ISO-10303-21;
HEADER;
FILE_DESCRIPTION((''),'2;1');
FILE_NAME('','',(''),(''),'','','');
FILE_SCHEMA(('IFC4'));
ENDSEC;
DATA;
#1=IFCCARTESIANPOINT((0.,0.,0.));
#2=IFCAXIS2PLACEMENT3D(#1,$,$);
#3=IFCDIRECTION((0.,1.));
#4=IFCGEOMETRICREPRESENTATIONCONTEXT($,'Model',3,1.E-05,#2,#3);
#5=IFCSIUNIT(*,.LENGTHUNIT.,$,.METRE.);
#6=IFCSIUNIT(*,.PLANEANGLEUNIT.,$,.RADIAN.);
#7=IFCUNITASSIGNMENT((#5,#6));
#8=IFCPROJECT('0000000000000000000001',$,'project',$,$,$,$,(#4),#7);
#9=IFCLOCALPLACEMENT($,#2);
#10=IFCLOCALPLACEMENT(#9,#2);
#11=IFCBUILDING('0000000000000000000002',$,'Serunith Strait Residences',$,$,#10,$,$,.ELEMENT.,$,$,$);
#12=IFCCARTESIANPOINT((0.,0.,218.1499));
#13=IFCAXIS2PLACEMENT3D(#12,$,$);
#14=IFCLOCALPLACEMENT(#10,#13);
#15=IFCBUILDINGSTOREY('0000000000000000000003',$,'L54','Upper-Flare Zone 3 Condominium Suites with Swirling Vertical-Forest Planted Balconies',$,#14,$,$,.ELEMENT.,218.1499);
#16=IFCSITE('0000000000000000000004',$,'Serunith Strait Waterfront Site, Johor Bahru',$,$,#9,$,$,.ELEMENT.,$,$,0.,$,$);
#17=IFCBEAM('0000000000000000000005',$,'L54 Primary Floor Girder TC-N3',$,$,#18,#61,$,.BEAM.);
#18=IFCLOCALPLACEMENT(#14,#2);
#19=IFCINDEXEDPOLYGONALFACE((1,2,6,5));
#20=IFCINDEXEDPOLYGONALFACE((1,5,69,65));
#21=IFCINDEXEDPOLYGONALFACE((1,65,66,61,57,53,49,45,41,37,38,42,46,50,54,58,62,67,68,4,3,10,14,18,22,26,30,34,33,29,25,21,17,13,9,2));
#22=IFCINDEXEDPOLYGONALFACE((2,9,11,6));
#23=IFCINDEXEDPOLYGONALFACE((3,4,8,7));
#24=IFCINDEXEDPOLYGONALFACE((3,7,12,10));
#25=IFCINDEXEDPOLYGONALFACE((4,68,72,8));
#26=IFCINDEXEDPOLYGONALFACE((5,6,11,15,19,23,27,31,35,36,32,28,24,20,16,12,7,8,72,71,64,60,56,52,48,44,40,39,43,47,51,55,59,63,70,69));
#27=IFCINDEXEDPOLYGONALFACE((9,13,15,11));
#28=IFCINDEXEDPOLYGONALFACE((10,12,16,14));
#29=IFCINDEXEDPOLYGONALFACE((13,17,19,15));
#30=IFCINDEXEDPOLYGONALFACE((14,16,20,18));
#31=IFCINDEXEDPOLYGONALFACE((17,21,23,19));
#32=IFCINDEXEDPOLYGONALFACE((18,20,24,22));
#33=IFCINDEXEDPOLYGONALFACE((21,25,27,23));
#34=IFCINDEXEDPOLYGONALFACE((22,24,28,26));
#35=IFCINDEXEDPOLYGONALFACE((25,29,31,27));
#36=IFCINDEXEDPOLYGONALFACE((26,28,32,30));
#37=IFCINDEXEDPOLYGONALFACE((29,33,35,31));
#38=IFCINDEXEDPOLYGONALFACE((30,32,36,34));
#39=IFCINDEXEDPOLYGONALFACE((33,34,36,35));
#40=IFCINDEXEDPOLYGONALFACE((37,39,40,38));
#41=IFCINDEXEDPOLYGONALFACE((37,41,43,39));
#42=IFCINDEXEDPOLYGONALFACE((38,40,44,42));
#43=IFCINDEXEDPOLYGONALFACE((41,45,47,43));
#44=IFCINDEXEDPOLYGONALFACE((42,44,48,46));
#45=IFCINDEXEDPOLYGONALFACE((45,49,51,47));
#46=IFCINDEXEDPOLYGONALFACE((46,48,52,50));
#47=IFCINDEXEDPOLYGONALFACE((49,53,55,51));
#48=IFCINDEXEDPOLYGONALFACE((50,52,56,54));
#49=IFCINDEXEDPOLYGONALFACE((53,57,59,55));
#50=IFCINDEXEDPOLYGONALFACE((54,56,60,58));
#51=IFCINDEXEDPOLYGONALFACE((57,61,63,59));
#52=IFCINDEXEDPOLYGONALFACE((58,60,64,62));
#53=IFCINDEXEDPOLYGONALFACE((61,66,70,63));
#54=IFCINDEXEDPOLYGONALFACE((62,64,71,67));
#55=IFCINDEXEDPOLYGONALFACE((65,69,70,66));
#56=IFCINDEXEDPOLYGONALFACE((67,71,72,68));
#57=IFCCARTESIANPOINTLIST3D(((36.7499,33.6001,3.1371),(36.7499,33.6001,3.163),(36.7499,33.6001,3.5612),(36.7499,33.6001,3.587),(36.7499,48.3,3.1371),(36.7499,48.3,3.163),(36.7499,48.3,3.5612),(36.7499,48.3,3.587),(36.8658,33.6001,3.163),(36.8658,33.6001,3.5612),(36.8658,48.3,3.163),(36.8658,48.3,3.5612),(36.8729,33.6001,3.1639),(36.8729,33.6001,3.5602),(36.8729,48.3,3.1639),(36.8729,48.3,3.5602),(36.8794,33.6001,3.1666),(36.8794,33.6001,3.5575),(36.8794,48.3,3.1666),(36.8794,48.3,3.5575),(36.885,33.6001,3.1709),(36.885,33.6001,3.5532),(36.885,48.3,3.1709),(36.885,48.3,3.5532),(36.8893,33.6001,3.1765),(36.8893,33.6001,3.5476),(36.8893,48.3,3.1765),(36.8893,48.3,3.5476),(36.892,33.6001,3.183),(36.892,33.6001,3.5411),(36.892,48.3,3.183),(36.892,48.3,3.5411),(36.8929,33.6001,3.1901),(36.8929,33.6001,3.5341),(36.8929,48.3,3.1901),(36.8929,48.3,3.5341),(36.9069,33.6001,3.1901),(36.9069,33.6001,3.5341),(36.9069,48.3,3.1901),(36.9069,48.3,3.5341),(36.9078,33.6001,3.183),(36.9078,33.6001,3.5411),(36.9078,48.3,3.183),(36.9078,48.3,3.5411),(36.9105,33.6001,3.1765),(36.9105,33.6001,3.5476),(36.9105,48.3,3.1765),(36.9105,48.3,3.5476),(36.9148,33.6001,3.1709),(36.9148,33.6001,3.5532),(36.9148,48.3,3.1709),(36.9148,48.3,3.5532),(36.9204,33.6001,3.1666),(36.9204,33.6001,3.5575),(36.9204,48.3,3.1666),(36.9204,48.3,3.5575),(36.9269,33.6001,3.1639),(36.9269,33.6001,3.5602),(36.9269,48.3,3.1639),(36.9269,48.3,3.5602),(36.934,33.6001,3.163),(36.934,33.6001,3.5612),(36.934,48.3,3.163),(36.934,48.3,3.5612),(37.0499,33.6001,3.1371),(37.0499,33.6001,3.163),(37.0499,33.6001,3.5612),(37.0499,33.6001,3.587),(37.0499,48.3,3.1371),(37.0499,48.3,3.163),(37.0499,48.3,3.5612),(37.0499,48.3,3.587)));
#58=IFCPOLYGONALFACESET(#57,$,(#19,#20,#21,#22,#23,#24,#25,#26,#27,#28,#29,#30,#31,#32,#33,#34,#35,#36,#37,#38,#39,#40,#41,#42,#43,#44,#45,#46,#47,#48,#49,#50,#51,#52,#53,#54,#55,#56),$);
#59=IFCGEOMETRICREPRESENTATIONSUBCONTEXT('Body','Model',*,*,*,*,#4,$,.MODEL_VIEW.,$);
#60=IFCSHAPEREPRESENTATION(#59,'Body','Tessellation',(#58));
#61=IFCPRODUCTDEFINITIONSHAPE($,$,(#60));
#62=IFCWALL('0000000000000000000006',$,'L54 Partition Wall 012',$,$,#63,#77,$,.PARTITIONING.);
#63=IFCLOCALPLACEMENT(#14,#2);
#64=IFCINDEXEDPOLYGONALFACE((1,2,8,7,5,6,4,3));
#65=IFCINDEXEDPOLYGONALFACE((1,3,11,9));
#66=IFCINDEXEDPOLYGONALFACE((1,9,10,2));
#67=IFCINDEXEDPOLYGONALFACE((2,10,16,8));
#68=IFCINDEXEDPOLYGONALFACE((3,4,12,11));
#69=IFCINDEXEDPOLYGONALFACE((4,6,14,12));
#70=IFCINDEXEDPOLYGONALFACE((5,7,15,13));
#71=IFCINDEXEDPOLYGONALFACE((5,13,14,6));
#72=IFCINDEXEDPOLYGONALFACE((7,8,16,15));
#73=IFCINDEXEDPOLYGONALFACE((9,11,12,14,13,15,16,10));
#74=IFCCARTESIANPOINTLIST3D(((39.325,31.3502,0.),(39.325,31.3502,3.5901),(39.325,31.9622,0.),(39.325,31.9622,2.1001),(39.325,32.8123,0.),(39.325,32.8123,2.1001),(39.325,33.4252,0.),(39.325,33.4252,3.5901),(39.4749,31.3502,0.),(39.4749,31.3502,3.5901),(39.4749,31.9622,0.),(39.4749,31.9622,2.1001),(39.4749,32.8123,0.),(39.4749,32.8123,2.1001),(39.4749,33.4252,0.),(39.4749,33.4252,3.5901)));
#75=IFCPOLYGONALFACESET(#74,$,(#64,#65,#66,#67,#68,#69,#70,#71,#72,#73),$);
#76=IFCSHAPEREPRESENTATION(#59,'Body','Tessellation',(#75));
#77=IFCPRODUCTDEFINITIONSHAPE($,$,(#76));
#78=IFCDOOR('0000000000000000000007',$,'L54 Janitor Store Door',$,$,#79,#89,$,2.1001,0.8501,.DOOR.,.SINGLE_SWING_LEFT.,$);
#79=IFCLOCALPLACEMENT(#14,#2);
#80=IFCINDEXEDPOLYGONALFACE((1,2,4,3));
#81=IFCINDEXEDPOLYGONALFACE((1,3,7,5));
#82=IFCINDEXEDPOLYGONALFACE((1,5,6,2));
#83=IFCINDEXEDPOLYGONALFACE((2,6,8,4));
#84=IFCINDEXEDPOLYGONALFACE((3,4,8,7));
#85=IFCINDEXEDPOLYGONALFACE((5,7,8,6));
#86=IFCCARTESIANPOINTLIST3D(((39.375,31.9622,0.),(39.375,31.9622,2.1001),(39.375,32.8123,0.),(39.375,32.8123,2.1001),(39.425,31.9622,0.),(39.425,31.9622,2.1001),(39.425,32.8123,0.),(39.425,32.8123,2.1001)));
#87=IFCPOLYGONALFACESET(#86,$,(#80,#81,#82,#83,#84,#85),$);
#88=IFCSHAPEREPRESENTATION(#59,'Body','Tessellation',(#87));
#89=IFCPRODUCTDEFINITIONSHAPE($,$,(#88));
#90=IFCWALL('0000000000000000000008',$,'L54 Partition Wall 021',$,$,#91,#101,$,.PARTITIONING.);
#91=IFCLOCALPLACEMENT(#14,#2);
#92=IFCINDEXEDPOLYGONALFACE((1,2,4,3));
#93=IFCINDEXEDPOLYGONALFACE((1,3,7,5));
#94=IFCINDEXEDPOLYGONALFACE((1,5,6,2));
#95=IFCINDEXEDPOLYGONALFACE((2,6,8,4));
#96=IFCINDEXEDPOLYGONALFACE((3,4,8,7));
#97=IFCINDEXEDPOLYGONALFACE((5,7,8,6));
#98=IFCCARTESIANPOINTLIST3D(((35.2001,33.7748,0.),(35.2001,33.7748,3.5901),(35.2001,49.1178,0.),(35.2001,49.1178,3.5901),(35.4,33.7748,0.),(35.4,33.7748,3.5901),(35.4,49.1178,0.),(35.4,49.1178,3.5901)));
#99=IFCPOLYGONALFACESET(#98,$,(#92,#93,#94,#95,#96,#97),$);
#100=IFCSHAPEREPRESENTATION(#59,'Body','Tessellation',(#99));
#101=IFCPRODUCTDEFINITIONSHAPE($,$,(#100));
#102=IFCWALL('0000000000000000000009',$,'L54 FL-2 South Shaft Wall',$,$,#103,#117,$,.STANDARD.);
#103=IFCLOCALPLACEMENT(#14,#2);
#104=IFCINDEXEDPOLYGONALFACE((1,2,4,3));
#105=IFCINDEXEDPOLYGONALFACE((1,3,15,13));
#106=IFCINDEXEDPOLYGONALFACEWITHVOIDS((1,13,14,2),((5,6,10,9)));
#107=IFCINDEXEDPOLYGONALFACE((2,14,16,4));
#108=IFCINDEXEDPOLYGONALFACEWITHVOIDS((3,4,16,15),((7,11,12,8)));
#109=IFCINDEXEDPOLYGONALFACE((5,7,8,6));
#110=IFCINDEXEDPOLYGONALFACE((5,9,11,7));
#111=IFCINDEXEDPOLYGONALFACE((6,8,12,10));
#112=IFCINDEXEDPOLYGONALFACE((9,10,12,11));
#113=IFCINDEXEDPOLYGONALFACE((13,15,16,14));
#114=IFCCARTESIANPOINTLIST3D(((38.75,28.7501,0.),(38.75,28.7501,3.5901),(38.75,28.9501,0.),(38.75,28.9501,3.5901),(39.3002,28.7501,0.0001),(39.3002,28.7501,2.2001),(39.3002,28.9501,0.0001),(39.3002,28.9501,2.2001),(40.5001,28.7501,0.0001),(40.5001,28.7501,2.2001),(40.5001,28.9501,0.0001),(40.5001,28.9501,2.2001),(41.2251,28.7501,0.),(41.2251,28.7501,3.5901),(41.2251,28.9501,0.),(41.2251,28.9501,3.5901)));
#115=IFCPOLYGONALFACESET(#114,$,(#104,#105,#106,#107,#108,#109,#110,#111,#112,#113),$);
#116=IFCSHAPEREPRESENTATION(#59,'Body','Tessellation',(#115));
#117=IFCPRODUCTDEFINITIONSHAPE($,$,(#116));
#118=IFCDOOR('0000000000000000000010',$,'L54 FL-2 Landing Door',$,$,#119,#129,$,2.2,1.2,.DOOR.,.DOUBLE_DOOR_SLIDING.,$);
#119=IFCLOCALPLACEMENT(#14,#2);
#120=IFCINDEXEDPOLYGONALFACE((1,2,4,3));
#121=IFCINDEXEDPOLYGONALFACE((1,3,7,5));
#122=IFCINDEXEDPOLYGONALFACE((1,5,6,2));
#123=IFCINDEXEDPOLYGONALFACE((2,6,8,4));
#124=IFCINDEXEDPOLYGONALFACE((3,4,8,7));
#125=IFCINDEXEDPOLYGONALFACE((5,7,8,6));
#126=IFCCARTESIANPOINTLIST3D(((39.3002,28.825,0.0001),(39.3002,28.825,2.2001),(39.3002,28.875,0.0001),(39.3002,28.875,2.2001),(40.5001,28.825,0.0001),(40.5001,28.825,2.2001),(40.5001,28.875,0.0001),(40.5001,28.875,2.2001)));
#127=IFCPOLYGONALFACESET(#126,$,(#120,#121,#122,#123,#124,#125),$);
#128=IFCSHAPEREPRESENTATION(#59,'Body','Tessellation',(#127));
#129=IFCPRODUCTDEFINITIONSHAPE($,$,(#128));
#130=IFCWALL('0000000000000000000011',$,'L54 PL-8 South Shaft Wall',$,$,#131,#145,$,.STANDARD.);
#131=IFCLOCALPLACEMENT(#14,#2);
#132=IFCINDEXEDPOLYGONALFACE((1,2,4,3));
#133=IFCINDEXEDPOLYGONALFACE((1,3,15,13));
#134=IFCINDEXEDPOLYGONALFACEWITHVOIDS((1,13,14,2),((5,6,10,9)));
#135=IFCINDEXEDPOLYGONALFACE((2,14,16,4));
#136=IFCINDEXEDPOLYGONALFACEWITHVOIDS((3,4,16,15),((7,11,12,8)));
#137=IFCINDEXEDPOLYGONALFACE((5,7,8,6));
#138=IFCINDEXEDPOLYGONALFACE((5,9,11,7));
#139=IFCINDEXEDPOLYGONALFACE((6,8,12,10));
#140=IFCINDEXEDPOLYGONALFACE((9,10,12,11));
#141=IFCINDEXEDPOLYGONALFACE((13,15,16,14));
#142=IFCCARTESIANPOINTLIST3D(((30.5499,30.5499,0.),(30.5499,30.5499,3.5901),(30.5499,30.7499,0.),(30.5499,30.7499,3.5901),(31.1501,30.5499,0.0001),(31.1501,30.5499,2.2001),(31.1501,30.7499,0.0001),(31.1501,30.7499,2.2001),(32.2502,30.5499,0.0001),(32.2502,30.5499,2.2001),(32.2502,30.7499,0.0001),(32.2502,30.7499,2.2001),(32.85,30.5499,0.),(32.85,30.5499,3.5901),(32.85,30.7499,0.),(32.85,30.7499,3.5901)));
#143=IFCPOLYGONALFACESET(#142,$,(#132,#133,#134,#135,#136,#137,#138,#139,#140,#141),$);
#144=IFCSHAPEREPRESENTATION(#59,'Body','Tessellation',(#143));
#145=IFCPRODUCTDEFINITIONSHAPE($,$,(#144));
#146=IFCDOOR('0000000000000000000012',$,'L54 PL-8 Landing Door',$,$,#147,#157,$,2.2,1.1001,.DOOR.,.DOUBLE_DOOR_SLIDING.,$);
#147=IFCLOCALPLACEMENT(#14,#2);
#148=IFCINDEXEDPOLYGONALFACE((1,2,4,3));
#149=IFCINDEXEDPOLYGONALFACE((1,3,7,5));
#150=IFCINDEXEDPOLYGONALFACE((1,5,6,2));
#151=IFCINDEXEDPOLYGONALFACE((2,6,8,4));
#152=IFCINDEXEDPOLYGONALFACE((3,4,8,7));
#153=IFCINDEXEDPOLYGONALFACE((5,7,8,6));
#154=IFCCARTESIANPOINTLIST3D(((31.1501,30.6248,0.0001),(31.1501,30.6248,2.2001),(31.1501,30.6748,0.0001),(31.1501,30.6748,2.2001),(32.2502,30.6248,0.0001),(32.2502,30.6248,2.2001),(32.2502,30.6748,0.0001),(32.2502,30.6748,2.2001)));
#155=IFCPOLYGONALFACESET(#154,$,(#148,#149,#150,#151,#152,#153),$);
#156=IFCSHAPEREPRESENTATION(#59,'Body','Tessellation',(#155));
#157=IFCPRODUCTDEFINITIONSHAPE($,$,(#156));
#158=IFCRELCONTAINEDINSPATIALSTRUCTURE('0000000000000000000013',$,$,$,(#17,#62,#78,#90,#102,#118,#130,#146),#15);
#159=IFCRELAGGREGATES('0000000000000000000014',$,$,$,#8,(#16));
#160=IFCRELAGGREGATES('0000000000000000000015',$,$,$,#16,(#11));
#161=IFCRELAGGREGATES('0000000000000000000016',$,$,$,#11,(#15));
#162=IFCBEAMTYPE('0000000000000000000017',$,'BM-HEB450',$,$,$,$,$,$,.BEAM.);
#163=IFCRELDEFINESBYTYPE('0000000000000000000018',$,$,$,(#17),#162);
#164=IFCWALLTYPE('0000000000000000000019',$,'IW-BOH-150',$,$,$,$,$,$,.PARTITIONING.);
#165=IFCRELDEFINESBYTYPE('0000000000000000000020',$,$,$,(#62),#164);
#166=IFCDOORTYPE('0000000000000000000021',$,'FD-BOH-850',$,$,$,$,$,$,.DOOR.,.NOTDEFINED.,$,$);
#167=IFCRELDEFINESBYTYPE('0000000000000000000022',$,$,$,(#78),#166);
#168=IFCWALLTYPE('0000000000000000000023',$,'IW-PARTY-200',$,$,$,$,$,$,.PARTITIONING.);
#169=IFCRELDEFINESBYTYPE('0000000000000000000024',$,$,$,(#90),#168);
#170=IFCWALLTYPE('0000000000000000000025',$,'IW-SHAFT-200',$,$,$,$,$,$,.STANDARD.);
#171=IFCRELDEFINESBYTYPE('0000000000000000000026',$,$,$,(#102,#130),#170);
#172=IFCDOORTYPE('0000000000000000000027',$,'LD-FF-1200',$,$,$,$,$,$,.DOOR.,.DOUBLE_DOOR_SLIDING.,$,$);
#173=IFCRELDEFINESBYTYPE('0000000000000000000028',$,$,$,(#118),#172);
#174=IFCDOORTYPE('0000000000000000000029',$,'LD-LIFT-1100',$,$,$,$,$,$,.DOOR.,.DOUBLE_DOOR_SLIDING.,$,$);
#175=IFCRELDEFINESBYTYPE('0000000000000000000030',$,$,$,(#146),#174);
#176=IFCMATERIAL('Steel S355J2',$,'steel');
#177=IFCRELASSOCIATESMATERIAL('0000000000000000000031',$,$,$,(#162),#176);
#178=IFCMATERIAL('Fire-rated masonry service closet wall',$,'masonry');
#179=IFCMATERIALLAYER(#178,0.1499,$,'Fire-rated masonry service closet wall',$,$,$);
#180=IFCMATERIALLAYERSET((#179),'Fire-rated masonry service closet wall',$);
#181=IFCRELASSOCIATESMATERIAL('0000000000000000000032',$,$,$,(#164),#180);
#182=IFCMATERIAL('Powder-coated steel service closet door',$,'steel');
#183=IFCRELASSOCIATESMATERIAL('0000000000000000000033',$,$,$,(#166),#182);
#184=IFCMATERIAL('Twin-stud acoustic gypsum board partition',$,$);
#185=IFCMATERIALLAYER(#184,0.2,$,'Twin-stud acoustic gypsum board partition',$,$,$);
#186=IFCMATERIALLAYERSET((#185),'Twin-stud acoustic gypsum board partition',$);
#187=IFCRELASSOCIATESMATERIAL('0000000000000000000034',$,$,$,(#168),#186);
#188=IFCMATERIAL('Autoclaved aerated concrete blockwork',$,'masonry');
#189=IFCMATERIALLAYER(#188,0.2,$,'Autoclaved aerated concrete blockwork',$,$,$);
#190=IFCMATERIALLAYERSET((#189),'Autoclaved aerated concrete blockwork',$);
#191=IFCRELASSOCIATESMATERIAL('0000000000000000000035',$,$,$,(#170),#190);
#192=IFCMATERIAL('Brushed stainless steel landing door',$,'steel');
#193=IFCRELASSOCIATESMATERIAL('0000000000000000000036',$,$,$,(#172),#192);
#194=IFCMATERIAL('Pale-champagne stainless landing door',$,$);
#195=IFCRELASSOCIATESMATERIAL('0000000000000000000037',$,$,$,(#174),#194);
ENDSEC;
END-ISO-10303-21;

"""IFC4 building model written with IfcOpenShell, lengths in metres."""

from ifc_helpers import new_model, si_unit, direction, frame, frame_2d, origin, origin_2d, place, context, subcontext, project, spatial, rectangle, i_section, extrude, source, transform, mapped, material, layer, layer_set, material_profile, profile_set, type_object, element, fill, save


model = new_model("IFC4")

# Units and contexts
model_context = context("Model", 3, precision=1e-05, world=origin(), true_north=direction((0.0, 1.0)))
body_context = subcontext(model_context, "Body", "Model", "MODEL_VIEW")
ifc_project = project(units=[si_unit("LENGTHUNIT", "METRE"), si_unit("PLANEANGLEUNIT", "RADIAN")], contexts=[model_context])

# Site, building, storey
site_placement = place(None, origin())
site = spatial("IfcSite", under=ifc_project, at=site_placement, Name="Serunith Strait Waterfront Site, Johor Bahru", CompositionType="ELEMENT", RefElevation=0.0)
building_placement = place(site_placement, origin())
building = spatial("IfcBuilding", under=site, at=building_placement, Name="Serunith Strait Residences", CompositionType="ELEMENT")
storey_placement = place(building_placement, frame((0.0, 0.0, 218.1499)))
storey = spatial("IfcBuildingStorey", under=building, at=storey_placement, Name="L54", Description="Upper-Flare Zone 3 Condominium Suites with Swirling Vertical-Forest Planted Balconies", CompositionType="ELEMENT", Elevation=218.1499)

# Beam
ifc_material_1 = material(Name="Steel S355J2", Category="steel")
ifc_material_profile = material_profile(ifc_material_1, i_section(OverallWidth=0.3, OverallDepth=0.45, WebThickness=0.0139, FlangeThickness=0.0259, FilletRadius=0.0271, at=origin_2d()), Name="HEB 450")
ifc_profile_set = profile_set([ifc_material_profile], Name="Steel S355J2")
beam_type = type_object("IfcBeamType", Name="BM-HEB450", PredefinedType="BEAM", material=ifc_profile_set)
shared_shape_1 = source(origin(), body_context, "Body", "SweptSolid", [
    extrude(i_section(OverallWidth=0.3, OverallDepth=0.45, WebThickness=0.0139, FlangeThickness=0.0259, FilletRadius=0.0271, at=origin_2d()), origin(), (0.0, 0.0, 1.0), 14.7),
])
beam_placement = place(storey_placement, frame((36.8999, 33.6001, 3.3621), z_axis=(0.0, 1.0, 0.0), x_axis=(-1.0, 0.0, 0.0)))
element("IfcBeam", 1, at=beam_placement, inside=storey, type_object=beam_type, Name="L54 Primary Floor Girder TC-N3", PredefinedType="BEAM", context=body_context, shape_type="MappedRepresentation", body=[
    mapped(shared_shape_1, transform((0.0, 0.0, 0.0), scale=1.0)),
])

# Wall, opening, door
ifc_material_2 = material(Name="Fire-rated masonry service closet wall", Category="masonry")
ifc_layer_1 = layer(ifc_material_2, 0.1499, Name="Fire-rated masonry service closet wall")
ifc_layer_set_1 = layer_set([ifc_layer_1], Name="Fire-rated masonry service closet wall")
wall_type_1 = type_object("IfcWallType", Name="IW-BOH-150", PredefinedType="PARTITIONING", material=ifc_layer_set_1)
wall_1_placement = place(storey_placement, frame((39.3999, 31.3501, 0.0), z_axis=(0.0, 0.0, 1.0), x_axis=(0.0, 1.0, 0.0)))
wall_1 = element("IfcWall", 2, at=wall_1_placement, inside=storey, type_object=wall_type_1, Name="L54 Partition Wall 012", PredefinedType="PARTITIONING", context=body_context, shape_type="SweptSolid", body=[
    extrude(rectangle(XDim=2.075, YDim=0.1499, at=frame_2d((1.0376, 0.0))), origin(), (0.0, 0.0, 1.0), 3.5901),
])
opening_1_placement = place(wall_1_placement, frame((0.6121, 0.0, 0.0)))
opening_1 = element("IfcOpeningElement", 3, at=opening_1_placement, cuts=wall_1, PredefinedType="OPENING", context=body_context, shape_type="SweptSolid", body=[
    extrude(rectangle(XDim=0.8501, YDim=2.1001, at=frame_2d((0.425, 1.05))), frame((0.0, 0.085, 0.0), z_axis=(0.0, -1.0, 0.0), x_axis=(1.0, 0.0, 0.0)), (0.0, 0.0, 1.0), 0.1699),
])
ifc_material_3 = material(Name="Powder-coated steel service closet door", Category="steel")
door_type_1 = type_object("IfcDoorType", Name="FD-BOH-850", OperationType="NOTDEFINED", PredefinedType="DOOR", material=ifc_material_3)
shared_shape_2 = source(origin(), body_context, "Body", "SweptSolid", [
    extrude(rectangle(XDim=0.8501, YDim=2.1001, at=frame_2d((0.425, 1.05))), frame((0.0, 0.0249, 0.0), z_axis=(0.0, -1.0, 0.0), x_axis=(1.0, 0.0, 0.0)), (0.0, 0.0, 1.0), 0.05),
])
door_1_placement = place(opening_1_placement, origin())
door_1 = element("IfcDoor", 4, at=door_1_placement, inside=storey, type_object=door_type_1, Name="L54 Janitor Store Door", OperationType="SINGLE_SWING_LEFT", OverallHeight=2.1001, OverallWidth=0.8501, PredefinedType="DOOR", context=body_context, shape_type="MappedRepresentation", body=[
    mapped(shared_shape_2, transform((0.0, 0.0, 0.0), scale=1.0)),
])
fill(opening_1, door_1)

# Wall
ifc_material_4 = material(Name="Twin-stud acoustic gypsum board partition")
ifc_layer_2 = layer(ifc_material_4, 0.2, Name="Twin-stud acoustic gypsum board partition")
ifc_layer_set_2 = layer_set([ifc_layer_2], Name="Twin-stud acoustic gypsum board partition")
wall_type_2 = type_object("IfcWallType", Name="IW-PARTY-200", PredefinedType="PARTITIONING", material=ifc_layer_set_2)
wall_2_placement = place(storey_placement, frame((35.3, 33.7749, 0.0), z_axis=(0.0, 0.0, 1.0), x_axis=(0.0, 1.0, 0.0)))
element("IfcWall", 5, at=wall_2_placement, inside=storey, type_object=wall_type_2, Name="L54 Partition Wall 021", PredefinedType="PARTITIONING", context=body_context, shape_type="SweptSolid", body=[
    extrude(rectangle(XDim=15.343, YDim=0.2, at=frame_2d((7.6714, 0.0))), origin(), (0.0, 0.0, 1.0), 3.5901),
])

# Walls, openings, doors
ifc_material_5 = material(Name="Autoclaved aerated concrete blockwork", Category="masonry")
ifc_layer_3 = layer(ifc_material_5, 0.2, Name="Autoclaved aerated concrete blockwork")
ifc_layer_set_3 = layer_set([ifc_layer_3], Name="Autoclaved aerated concrete blockwork")
wall_type_3 = type_object("IfcWallType", Name="IW-SHAFT-200", PredefinedType="STANDARD", material=ifc_layer_set_3)
wall_3_placement = place(storey_placement, frame((38.75, 28.8501, 0.0), z_axis=(0.0, 0.0, 1.0), x_axis=(1.0, 0.0, 0.0)))
wall_3 = element("IfcWall", 6, at=wall_3_placement, inside=storey, type_object=wall_type_3, Name="L54 FL-2 South Shaft Wall", PredefinedType="STANDARD", context=body_context, shape_type="SweptSolid", body=[
    extrude(rectangle(XDim=2.4751, YDim=0.2, at=frame_2d((1.2375, 0.0))), origin(), (0.0, 0.0, 1.0), 3.5901),
])
opening_2_placement = place(wall_3_placement, frame((0.55, 0.0, 0.0)))
opening_2 = element("IfcOpeningElement", 7, at=opening_2_placement, cuts=wall_3, PredefinedType="OPENING", context=body_context, shape_type="SweptSolid", body=[
    extrude(rectangle(XDim=1.2, YDim=2.2, at=frame_2d((0.6001, 1.1001))), frame((0.0, 0.1099, 0.0), z_axis=(0.0, -1.0, 0.0), x_axis=(1.0, 0.0, 0.0)), (0.0, 0.0, 1.0), 0.22),
])
ifc_material_6 = material(Name="Brushed stainless steel landing door", Category="steel")
door_type_2 = type_object("IfcDoorType", Name="LD-FF-1200", OperationType="DOUBLE_DOOR_SLIDING", PredefinedType="DOOR", material=ifc_material_6)
shared_shape_3 = source(origin(), body_context, "Body", "SweptSolid", [
    extrude(rectangle(XDim=1.2, YDim=2.2, at=frame_2d((0.6001, 1.1001))), frame((0.0, 0.0249, 0.0), z_axis=(0.0, -1.0, 0.0), x_axis=(1.0, 0.0, 0.0)), (0.0, 0.0, 1.0), 0.05),
])
door_2_placement = place(opening_2_placement, origin())
door_2 = element("IfcDoor", 8, at=door_2_placement, inside=storey, type_object=door_type_2, Name="L54 FL-2 Landing Door", OperationType="DOUBLE_DOOR_SLIDING", OverallHeight=2.2, OverallWidth=1.2, PredefinedType="DOOR", context=body_context, shape_type="MappedRepresentation", body=[
    mapped(shared_shape_3, transform((0.0, 0.0, 0.0), scale=1.0)),
])
fill(opening_2, door_2)
wall_4_placement = place(storey_placement, frame((30.55, 30.6499, 0.0), z_axis=(0.0, 0.0, 1.0), x_axis=(1.0, 0.0, 0.0)))
wall_4 = element("IfcWall", 9, at=wall_4_placement, inside=storey, type_object=wall_type_3, Name="L54 PL-8 South Shaft Wall", PredefinedType="STANDARD", context=body_context, shape_type="SweptSolid", body=[
    extrude(rectangle(XDim=2.3, YDim=0.2, at=frame_2d((1.1499, 0.0))), origin(), (0.0, 0.0, 1.0), 3.5901),
])
opening_3_placement = place(wall_4_placement, frame((0.6001, 0.0, 0.0)))
opening_3 = element("IfcOpeningElement", 10, at=opening_3_placement, cuts=wall_4, PredefinedType="OPENING", context=body_context, shape_type="SweptSolid", body=[
    extrude(rectangle(XDim=1.1001, YDim=2.2, at=frame_2d((0.55, 1.1001))), frame((0.0, 0.1099, 0.0), z_axis=(0.0, -1.0, 0.0), x_axis=(1.0, 0.0, 0.0)), (0.0, 0.0, 1.0), 0.22),
])
ifc_material_7 = material(Name="Pale-champagne stainless landing door")
door_type_3 = type_object("IfcDoorType", Name="LD-LIFT-1100", OperationType="DOUBLE_DOOR_SLIDING", PredefinedType="DOOR", material=ifc_material_7)
shared_shape_4 = source(origin(), body_context, "Body", "SweptSolid", [
    extrude(rectangle(XDim=1.1001, YDim=2.2, at=frame_2d((0.55, 1.1001))), frame((0.0, 0.0249, 0.0), z_axis=(0.0, -1.0, 0.0), x_axis=(1.0, 0.0, 0.0)), (0.0, 0.0, 1.0), 0.05),
])
door_3_placement = place(opening_3_placement, origin())
door_3 = element("IfcDoor", 11, at=door_3_placement, inside=storey, type_object=door_type_3, Name="L54 PL-8 Landing Door", OperationType="DOUBLE_DOOR_SLIDING", OverallHeight=2.2, OverallWidth=1.1001, PredefinedType="DOOR", context=body_context, shape_type="MappedRepresentation", body=[
    mapped(shared_shape_4, transform((0.0, 0.0, 0.0), scale=1.0)),
])
fill(opening_3, door_3)

save(model, "model.ifc")
